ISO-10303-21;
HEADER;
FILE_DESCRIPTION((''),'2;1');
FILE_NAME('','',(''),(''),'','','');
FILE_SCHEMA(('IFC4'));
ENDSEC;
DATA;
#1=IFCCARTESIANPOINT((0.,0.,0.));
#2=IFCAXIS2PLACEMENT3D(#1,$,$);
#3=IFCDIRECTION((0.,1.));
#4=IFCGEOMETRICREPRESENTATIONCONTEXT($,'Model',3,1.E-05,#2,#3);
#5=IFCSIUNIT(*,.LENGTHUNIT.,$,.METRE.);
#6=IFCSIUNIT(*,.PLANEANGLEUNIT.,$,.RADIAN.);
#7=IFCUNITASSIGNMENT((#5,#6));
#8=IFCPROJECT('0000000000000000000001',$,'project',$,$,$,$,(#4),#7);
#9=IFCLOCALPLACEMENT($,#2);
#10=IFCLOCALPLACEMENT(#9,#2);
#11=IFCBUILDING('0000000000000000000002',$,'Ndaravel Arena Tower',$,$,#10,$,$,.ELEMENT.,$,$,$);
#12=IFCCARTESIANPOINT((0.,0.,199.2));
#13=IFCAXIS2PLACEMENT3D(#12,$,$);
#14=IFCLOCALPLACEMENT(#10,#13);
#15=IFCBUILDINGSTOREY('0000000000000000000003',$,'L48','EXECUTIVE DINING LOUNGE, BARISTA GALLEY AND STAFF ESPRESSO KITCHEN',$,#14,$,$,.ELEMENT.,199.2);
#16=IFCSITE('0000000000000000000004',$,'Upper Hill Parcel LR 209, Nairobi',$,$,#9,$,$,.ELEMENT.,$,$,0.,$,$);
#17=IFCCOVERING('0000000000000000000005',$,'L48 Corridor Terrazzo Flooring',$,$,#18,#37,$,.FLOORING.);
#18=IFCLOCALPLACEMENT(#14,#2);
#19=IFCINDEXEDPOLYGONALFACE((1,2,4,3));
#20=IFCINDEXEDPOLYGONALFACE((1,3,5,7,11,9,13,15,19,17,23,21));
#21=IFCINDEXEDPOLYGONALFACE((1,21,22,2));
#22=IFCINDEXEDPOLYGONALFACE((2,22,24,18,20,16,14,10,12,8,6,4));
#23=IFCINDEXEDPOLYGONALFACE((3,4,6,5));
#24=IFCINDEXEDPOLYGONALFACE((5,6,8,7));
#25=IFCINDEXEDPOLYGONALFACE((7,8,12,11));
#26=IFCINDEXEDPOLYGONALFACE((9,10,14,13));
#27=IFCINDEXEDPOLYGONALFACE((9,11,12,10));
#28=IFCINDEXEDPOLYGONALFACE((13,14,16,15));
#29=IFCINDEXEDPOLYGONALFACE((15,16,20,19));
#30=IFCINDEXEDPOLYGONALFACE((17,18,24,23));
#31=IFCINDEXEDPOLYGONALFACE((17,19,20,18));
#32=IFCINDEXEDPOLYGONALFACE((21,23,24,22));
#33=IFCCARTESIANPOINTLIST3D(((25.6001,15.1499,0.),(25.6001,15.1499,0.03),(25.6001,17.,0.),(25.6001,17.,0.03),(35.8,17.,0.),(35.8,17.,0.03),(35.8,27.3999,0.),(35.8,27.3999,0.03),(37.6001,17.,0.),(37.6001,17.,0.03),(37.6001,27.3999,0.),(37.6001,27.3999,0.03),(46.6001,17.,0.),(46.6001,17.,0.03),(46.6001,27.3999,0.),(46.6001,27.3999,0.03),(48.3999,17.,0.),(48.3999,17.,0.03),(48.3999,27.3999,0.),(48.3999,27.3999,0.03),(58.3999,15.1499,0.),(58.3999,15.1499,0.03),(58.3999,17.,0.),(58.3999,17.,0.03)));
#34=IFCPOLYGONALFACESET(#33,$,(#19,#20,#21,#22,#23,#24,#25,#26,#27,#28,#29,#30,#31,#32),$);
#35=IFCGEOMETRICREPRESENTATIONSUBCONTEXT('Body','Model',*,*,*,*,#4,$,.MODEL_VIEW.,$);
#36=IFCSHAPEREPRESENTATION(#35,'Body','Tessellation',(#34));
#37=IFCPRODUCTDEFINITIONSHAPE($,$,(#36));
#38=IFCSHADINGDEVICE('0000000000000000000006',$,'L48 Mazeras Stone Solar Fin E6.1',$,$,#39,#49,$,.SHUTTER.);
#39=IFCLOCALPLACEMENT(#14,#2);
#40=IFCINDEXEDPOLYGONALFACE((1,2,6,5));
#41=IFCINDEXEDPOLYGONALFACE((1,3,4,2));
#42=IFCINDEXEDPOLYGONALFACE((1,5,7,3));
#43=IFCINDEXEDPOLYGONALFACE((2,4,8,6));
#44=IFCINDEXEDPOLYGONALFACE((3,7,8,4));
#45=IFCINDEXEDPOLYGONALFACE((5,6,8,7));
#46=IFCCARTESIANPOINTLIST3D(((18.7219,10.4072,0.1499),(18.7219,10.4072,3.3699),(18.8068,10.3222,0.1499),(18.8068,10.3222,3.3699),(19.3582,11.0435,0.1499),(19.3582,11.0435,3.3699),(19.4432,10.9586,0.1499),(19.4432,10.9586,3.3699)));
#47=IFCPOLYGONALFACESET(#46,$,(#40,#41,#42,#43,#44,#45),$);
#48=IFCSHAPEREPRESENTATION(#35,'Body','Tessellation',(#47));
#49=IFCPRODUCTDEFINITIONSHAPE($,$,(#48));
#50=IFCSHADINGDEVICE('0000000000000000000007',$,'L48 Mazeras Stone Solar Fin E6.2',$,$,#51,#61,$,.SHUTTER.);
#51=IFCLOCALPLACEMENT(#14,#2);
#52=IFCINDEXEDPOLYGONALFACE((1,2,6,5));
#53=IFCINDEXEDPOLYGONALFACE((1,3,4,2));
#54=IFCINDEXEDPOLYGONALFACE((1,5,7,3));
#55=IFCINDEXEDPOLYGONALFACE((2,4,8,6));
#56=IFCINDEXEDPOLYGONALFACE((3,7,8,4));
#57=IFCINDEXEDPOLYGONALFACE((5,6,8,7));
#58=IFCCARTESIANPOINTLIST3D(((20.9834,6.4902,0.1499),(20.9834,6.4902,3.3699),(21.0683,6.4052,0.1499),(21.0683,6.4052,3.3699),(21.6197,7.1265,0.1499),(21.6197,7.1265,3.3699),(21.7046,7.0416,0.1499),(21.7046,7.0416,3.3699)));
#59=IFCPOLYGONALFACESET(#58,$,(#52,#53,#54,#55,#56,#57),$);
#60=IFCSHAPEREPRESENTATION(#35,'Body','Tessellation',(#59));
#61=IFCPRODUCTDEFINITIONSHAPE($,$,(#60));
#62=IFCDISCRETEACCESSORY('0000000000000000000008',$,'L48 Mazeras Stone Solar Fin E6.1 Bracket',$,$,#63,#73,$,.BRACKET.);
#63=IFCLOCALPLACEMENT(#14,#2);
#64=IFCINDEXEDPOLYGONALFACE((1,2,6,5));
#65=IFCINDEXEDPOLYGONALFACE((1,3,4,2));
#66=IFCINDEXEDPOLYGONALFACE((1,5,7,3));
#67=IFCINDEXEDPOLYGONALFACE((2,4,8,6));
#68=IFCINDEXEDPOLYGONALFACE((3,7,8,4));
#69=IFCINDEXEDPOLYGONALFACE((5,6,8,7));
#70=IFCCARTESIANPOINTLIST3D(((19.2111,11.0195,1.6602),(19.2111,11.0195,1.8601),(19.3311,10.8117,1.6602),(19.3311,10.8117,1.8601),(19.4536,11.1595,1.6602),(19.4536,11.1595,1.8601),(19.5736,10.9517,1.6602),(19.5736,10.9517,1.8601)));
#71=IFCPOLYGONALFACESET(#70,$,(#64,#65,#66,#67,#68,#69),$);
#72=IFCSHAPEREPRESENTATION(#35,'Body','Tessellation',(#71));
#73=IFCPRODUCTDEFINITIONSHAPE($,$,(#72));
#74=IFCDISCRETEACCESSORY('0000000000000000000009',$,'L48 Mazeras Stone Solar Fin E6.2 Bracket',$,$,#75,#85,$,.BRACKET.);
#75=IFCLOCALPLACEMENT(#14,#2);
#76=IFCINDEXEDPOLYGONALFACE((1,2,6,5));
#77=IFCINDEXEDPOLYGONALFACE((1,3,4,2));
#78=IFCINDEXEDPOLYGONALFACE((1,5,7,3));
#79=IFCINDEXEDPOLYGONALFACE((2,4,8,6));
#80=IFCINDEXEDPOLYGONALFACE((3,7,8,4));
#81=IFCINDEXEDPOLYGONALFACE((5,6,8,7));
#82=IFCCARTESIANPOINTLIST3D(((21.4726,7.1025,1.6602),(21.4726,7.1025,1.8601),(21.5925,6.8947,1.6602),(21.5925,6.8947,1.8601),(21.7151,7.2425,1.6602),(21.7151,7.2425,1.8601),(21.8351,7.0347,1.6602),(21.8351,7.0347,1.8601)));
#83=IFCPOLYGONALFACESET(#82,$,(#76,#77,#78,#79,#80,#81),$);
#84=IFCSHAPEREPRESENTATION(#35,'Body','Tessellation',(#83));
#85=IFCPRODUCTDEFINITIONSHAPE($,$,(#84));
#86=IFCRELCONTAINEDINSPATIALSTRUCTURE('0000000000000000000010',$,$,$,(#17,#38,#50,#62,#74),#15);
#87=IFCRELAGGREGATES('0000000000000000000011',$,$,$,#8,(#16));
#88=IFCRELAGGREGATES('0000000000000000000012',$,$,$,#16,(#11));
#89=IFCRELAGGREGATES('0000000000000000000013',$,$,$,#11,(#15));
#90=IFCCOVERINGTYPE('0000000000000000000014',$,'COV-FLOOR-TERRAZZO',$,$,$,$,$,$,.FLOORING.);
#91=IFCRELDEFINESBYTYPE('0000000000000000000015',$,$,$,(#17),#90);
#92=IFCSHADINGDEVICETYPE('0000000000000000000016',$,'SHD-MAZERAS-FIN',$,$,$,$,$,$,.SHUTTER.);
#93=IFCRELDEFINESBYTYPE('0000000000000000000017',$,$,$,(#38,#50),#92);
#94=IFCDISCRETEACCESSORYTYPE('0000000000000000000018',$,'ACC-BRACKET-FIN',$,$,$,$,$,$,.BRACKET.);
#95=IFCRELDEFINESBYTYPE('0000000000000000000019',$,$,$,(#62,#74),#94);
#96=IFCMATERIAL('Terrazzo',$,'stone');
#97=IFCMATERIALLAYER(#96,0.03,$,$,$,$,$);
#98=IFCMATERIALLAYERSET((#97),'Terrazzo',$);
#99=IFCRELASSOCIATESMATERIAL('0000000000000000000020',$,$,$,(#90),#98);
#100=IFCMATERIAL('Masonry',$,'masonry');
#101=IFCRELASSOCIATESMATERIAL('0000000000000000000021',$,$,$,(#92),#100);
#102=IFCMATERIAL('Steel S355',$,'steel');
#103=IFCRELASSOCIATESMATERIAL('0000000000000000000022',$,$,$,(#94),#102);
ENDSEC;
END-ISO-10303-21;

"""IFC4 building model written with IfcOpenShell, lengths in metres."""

from ifc_helpers import new_model, si_unit, direction, frame, origin, origin_2d, place, context, subcontext, project, spatial, polyline, rectangle, outline, extrude, material, layer, layer_set, type_object, element, save


model = new_model("IFC4")

# Units and contexts
model_context = context("Model", 3, precision=1e-05, world=origin(), true_north=direction((0.0, 1.0)))
body_context = subcontext(model_context, "Body", "Model", "MODEL_VIEW")
ifc_project = project(units=[si_unit("LENGTHUNIT", "METRE"), si_unit("PLANEANGLEUNIT", "RADIAN")], contexts=[model_context])

# Site, building, storey
site_placement = place(None, origin())
site = spatial("IfcSite", under=ifc_project, at=site_placement, Name="Upper Hill Parcel LR 209, Nairobi", CompositionType="ELEMENT", RefElevation=0.0)
building_placement = place(site_placement, origin())
building = spatial("IfcBuilding", under=site, at=building_placement, Name="Ndaravel Arena Tower", CompositionType="ELEMENT")
storey_placement = place(building_placement, frame((0.0, 0.0, 199.2)))
storey = spatial("IfcBuildingStorey", under=building, at=storey_placement, Name="L48", Description="EXECUTIVE DINING LOUNGE, BARISTA GALLEY AND STAFF ESPRESSO KITCHEN", CompositionType="ELEMENT", Elevation=199.2)

# Covering
ifc_material_1 = material(Name="Terrazzo", Category="stone")
ifc_layer_1 = layer(ifc_material_1, 0.03)
ifc_layer_set_1 = layer_set([ifc_layer_1], Name="Terrazzo")
covering_type_1 = type_object("IfcCoveringType", Name="COV-FLOOR-TERRAZZO", PredefinedType="FLOORING", material=ifc_layer_set_1)
covering_1_placement = place(storey_placement, origin())
element("IfcCovering", 1, at=covering_1_placement, inside=storey, type_object=covering_type_1, Name="L48 Corridor Terrazzo Flooring", PredefinedType="FLOORING", context=body_context, shape_type="SweptSolid", body=[
    extrude(outline(polyline([(58.3999, 17.0), (48.3999, 17.0), (48.3999, 27.3999), (46.6001, 27.3999), (46.6001, 17.0), (37.6001, 17.0), (37.6001, 27.3999), (35.8, 27.3999), (35.8, 17.0), (25.6001, 17.0), (25.6001, 15.1499), (58.3999, 15.1499), (58.3999, 17.0)])), origin(), (0.0, 0.0, 1.0), 0.03),
])

# Shading devices
ifc_material_2 = material(Name="Masonry", Category="masonry")
shading_device_type = type_object("IfcShadingDeviceType", Name="SHD-MAZERAS-FIN", PredefinedType="SHUTTER", material=ifc_material_2)
for number, where, z_axis, x_axis, name in (
    (2, (19.0825, 10.6829, 0.1499), (0.0, 0.0, 1.0), (-0.707107, -0.707107, 0.0), "L48 Mazeras Stone Solar Fin E6.1"),
    (3, (21.344, 6.7659, 0.1499), (0.0, 0.0, 1.0), (-0.707107, -0.707107, 0.0), "L48 Mazeras Stone Solar Fin E6.2"),
):
    element("IfcShadingDevice", number, at=place(storey_placement, frame(where, z_axis=z_axis, x_axis=x_axis)), inside=storey, type_object=shading_device_type, Name=name, PredefinedType="SHUTTER", context=body_context, shape_type="SweptSolid", body=[
        extrude(rectangle(XDim=0.8999, YDim=0.1201, at=origin_2d()), origin(), (0.0, 0.0, 1.0), 3.22),
    ])

# Discrete accessories
ifc_material_3 = material(Name="Steel S355", Category="steel")
discrete_accessory_type = type_object("IfcDiscreteAccessoryType", Name="ACC-BRACKET-FIN", PredefinedType="BRACKET", material=ifc_material_3)
for number, where, z_axis, x_axis, name in (
    (4, (19.3923, 10.9856, 1.6602), (0.0, 0.0, 1.0), (-0.866025, -0.5, 0.0), "L48 Mazeras Stone Solar Fin E6.1 Bracket"),
    (5, (21.6538, 7.0686, 1.6602), (0.0, 0.0, 1.0), (-0.866025, -0.5, 0.0), "L48 Mazeras Stone Solar Fin E6.2 Bracket"),
):
    element("IfcDiscreteAccessory", number, at=place(storey_placement, frame(where, z_axis=z_axis, x_axis=x_axis)), inside=storey, type_object=discrete_accessory_type, Name=name, PredefinedType="BRACKET", context=body_context, shape_type="SweptSolid", body=[
        extrude(rectangle(XDim=0.28, YDim=0.24, at=origin_2d()), origin(), (0.0, 0.0, 1.0), 0.2),
    ])

save(model, "model.ifc")
